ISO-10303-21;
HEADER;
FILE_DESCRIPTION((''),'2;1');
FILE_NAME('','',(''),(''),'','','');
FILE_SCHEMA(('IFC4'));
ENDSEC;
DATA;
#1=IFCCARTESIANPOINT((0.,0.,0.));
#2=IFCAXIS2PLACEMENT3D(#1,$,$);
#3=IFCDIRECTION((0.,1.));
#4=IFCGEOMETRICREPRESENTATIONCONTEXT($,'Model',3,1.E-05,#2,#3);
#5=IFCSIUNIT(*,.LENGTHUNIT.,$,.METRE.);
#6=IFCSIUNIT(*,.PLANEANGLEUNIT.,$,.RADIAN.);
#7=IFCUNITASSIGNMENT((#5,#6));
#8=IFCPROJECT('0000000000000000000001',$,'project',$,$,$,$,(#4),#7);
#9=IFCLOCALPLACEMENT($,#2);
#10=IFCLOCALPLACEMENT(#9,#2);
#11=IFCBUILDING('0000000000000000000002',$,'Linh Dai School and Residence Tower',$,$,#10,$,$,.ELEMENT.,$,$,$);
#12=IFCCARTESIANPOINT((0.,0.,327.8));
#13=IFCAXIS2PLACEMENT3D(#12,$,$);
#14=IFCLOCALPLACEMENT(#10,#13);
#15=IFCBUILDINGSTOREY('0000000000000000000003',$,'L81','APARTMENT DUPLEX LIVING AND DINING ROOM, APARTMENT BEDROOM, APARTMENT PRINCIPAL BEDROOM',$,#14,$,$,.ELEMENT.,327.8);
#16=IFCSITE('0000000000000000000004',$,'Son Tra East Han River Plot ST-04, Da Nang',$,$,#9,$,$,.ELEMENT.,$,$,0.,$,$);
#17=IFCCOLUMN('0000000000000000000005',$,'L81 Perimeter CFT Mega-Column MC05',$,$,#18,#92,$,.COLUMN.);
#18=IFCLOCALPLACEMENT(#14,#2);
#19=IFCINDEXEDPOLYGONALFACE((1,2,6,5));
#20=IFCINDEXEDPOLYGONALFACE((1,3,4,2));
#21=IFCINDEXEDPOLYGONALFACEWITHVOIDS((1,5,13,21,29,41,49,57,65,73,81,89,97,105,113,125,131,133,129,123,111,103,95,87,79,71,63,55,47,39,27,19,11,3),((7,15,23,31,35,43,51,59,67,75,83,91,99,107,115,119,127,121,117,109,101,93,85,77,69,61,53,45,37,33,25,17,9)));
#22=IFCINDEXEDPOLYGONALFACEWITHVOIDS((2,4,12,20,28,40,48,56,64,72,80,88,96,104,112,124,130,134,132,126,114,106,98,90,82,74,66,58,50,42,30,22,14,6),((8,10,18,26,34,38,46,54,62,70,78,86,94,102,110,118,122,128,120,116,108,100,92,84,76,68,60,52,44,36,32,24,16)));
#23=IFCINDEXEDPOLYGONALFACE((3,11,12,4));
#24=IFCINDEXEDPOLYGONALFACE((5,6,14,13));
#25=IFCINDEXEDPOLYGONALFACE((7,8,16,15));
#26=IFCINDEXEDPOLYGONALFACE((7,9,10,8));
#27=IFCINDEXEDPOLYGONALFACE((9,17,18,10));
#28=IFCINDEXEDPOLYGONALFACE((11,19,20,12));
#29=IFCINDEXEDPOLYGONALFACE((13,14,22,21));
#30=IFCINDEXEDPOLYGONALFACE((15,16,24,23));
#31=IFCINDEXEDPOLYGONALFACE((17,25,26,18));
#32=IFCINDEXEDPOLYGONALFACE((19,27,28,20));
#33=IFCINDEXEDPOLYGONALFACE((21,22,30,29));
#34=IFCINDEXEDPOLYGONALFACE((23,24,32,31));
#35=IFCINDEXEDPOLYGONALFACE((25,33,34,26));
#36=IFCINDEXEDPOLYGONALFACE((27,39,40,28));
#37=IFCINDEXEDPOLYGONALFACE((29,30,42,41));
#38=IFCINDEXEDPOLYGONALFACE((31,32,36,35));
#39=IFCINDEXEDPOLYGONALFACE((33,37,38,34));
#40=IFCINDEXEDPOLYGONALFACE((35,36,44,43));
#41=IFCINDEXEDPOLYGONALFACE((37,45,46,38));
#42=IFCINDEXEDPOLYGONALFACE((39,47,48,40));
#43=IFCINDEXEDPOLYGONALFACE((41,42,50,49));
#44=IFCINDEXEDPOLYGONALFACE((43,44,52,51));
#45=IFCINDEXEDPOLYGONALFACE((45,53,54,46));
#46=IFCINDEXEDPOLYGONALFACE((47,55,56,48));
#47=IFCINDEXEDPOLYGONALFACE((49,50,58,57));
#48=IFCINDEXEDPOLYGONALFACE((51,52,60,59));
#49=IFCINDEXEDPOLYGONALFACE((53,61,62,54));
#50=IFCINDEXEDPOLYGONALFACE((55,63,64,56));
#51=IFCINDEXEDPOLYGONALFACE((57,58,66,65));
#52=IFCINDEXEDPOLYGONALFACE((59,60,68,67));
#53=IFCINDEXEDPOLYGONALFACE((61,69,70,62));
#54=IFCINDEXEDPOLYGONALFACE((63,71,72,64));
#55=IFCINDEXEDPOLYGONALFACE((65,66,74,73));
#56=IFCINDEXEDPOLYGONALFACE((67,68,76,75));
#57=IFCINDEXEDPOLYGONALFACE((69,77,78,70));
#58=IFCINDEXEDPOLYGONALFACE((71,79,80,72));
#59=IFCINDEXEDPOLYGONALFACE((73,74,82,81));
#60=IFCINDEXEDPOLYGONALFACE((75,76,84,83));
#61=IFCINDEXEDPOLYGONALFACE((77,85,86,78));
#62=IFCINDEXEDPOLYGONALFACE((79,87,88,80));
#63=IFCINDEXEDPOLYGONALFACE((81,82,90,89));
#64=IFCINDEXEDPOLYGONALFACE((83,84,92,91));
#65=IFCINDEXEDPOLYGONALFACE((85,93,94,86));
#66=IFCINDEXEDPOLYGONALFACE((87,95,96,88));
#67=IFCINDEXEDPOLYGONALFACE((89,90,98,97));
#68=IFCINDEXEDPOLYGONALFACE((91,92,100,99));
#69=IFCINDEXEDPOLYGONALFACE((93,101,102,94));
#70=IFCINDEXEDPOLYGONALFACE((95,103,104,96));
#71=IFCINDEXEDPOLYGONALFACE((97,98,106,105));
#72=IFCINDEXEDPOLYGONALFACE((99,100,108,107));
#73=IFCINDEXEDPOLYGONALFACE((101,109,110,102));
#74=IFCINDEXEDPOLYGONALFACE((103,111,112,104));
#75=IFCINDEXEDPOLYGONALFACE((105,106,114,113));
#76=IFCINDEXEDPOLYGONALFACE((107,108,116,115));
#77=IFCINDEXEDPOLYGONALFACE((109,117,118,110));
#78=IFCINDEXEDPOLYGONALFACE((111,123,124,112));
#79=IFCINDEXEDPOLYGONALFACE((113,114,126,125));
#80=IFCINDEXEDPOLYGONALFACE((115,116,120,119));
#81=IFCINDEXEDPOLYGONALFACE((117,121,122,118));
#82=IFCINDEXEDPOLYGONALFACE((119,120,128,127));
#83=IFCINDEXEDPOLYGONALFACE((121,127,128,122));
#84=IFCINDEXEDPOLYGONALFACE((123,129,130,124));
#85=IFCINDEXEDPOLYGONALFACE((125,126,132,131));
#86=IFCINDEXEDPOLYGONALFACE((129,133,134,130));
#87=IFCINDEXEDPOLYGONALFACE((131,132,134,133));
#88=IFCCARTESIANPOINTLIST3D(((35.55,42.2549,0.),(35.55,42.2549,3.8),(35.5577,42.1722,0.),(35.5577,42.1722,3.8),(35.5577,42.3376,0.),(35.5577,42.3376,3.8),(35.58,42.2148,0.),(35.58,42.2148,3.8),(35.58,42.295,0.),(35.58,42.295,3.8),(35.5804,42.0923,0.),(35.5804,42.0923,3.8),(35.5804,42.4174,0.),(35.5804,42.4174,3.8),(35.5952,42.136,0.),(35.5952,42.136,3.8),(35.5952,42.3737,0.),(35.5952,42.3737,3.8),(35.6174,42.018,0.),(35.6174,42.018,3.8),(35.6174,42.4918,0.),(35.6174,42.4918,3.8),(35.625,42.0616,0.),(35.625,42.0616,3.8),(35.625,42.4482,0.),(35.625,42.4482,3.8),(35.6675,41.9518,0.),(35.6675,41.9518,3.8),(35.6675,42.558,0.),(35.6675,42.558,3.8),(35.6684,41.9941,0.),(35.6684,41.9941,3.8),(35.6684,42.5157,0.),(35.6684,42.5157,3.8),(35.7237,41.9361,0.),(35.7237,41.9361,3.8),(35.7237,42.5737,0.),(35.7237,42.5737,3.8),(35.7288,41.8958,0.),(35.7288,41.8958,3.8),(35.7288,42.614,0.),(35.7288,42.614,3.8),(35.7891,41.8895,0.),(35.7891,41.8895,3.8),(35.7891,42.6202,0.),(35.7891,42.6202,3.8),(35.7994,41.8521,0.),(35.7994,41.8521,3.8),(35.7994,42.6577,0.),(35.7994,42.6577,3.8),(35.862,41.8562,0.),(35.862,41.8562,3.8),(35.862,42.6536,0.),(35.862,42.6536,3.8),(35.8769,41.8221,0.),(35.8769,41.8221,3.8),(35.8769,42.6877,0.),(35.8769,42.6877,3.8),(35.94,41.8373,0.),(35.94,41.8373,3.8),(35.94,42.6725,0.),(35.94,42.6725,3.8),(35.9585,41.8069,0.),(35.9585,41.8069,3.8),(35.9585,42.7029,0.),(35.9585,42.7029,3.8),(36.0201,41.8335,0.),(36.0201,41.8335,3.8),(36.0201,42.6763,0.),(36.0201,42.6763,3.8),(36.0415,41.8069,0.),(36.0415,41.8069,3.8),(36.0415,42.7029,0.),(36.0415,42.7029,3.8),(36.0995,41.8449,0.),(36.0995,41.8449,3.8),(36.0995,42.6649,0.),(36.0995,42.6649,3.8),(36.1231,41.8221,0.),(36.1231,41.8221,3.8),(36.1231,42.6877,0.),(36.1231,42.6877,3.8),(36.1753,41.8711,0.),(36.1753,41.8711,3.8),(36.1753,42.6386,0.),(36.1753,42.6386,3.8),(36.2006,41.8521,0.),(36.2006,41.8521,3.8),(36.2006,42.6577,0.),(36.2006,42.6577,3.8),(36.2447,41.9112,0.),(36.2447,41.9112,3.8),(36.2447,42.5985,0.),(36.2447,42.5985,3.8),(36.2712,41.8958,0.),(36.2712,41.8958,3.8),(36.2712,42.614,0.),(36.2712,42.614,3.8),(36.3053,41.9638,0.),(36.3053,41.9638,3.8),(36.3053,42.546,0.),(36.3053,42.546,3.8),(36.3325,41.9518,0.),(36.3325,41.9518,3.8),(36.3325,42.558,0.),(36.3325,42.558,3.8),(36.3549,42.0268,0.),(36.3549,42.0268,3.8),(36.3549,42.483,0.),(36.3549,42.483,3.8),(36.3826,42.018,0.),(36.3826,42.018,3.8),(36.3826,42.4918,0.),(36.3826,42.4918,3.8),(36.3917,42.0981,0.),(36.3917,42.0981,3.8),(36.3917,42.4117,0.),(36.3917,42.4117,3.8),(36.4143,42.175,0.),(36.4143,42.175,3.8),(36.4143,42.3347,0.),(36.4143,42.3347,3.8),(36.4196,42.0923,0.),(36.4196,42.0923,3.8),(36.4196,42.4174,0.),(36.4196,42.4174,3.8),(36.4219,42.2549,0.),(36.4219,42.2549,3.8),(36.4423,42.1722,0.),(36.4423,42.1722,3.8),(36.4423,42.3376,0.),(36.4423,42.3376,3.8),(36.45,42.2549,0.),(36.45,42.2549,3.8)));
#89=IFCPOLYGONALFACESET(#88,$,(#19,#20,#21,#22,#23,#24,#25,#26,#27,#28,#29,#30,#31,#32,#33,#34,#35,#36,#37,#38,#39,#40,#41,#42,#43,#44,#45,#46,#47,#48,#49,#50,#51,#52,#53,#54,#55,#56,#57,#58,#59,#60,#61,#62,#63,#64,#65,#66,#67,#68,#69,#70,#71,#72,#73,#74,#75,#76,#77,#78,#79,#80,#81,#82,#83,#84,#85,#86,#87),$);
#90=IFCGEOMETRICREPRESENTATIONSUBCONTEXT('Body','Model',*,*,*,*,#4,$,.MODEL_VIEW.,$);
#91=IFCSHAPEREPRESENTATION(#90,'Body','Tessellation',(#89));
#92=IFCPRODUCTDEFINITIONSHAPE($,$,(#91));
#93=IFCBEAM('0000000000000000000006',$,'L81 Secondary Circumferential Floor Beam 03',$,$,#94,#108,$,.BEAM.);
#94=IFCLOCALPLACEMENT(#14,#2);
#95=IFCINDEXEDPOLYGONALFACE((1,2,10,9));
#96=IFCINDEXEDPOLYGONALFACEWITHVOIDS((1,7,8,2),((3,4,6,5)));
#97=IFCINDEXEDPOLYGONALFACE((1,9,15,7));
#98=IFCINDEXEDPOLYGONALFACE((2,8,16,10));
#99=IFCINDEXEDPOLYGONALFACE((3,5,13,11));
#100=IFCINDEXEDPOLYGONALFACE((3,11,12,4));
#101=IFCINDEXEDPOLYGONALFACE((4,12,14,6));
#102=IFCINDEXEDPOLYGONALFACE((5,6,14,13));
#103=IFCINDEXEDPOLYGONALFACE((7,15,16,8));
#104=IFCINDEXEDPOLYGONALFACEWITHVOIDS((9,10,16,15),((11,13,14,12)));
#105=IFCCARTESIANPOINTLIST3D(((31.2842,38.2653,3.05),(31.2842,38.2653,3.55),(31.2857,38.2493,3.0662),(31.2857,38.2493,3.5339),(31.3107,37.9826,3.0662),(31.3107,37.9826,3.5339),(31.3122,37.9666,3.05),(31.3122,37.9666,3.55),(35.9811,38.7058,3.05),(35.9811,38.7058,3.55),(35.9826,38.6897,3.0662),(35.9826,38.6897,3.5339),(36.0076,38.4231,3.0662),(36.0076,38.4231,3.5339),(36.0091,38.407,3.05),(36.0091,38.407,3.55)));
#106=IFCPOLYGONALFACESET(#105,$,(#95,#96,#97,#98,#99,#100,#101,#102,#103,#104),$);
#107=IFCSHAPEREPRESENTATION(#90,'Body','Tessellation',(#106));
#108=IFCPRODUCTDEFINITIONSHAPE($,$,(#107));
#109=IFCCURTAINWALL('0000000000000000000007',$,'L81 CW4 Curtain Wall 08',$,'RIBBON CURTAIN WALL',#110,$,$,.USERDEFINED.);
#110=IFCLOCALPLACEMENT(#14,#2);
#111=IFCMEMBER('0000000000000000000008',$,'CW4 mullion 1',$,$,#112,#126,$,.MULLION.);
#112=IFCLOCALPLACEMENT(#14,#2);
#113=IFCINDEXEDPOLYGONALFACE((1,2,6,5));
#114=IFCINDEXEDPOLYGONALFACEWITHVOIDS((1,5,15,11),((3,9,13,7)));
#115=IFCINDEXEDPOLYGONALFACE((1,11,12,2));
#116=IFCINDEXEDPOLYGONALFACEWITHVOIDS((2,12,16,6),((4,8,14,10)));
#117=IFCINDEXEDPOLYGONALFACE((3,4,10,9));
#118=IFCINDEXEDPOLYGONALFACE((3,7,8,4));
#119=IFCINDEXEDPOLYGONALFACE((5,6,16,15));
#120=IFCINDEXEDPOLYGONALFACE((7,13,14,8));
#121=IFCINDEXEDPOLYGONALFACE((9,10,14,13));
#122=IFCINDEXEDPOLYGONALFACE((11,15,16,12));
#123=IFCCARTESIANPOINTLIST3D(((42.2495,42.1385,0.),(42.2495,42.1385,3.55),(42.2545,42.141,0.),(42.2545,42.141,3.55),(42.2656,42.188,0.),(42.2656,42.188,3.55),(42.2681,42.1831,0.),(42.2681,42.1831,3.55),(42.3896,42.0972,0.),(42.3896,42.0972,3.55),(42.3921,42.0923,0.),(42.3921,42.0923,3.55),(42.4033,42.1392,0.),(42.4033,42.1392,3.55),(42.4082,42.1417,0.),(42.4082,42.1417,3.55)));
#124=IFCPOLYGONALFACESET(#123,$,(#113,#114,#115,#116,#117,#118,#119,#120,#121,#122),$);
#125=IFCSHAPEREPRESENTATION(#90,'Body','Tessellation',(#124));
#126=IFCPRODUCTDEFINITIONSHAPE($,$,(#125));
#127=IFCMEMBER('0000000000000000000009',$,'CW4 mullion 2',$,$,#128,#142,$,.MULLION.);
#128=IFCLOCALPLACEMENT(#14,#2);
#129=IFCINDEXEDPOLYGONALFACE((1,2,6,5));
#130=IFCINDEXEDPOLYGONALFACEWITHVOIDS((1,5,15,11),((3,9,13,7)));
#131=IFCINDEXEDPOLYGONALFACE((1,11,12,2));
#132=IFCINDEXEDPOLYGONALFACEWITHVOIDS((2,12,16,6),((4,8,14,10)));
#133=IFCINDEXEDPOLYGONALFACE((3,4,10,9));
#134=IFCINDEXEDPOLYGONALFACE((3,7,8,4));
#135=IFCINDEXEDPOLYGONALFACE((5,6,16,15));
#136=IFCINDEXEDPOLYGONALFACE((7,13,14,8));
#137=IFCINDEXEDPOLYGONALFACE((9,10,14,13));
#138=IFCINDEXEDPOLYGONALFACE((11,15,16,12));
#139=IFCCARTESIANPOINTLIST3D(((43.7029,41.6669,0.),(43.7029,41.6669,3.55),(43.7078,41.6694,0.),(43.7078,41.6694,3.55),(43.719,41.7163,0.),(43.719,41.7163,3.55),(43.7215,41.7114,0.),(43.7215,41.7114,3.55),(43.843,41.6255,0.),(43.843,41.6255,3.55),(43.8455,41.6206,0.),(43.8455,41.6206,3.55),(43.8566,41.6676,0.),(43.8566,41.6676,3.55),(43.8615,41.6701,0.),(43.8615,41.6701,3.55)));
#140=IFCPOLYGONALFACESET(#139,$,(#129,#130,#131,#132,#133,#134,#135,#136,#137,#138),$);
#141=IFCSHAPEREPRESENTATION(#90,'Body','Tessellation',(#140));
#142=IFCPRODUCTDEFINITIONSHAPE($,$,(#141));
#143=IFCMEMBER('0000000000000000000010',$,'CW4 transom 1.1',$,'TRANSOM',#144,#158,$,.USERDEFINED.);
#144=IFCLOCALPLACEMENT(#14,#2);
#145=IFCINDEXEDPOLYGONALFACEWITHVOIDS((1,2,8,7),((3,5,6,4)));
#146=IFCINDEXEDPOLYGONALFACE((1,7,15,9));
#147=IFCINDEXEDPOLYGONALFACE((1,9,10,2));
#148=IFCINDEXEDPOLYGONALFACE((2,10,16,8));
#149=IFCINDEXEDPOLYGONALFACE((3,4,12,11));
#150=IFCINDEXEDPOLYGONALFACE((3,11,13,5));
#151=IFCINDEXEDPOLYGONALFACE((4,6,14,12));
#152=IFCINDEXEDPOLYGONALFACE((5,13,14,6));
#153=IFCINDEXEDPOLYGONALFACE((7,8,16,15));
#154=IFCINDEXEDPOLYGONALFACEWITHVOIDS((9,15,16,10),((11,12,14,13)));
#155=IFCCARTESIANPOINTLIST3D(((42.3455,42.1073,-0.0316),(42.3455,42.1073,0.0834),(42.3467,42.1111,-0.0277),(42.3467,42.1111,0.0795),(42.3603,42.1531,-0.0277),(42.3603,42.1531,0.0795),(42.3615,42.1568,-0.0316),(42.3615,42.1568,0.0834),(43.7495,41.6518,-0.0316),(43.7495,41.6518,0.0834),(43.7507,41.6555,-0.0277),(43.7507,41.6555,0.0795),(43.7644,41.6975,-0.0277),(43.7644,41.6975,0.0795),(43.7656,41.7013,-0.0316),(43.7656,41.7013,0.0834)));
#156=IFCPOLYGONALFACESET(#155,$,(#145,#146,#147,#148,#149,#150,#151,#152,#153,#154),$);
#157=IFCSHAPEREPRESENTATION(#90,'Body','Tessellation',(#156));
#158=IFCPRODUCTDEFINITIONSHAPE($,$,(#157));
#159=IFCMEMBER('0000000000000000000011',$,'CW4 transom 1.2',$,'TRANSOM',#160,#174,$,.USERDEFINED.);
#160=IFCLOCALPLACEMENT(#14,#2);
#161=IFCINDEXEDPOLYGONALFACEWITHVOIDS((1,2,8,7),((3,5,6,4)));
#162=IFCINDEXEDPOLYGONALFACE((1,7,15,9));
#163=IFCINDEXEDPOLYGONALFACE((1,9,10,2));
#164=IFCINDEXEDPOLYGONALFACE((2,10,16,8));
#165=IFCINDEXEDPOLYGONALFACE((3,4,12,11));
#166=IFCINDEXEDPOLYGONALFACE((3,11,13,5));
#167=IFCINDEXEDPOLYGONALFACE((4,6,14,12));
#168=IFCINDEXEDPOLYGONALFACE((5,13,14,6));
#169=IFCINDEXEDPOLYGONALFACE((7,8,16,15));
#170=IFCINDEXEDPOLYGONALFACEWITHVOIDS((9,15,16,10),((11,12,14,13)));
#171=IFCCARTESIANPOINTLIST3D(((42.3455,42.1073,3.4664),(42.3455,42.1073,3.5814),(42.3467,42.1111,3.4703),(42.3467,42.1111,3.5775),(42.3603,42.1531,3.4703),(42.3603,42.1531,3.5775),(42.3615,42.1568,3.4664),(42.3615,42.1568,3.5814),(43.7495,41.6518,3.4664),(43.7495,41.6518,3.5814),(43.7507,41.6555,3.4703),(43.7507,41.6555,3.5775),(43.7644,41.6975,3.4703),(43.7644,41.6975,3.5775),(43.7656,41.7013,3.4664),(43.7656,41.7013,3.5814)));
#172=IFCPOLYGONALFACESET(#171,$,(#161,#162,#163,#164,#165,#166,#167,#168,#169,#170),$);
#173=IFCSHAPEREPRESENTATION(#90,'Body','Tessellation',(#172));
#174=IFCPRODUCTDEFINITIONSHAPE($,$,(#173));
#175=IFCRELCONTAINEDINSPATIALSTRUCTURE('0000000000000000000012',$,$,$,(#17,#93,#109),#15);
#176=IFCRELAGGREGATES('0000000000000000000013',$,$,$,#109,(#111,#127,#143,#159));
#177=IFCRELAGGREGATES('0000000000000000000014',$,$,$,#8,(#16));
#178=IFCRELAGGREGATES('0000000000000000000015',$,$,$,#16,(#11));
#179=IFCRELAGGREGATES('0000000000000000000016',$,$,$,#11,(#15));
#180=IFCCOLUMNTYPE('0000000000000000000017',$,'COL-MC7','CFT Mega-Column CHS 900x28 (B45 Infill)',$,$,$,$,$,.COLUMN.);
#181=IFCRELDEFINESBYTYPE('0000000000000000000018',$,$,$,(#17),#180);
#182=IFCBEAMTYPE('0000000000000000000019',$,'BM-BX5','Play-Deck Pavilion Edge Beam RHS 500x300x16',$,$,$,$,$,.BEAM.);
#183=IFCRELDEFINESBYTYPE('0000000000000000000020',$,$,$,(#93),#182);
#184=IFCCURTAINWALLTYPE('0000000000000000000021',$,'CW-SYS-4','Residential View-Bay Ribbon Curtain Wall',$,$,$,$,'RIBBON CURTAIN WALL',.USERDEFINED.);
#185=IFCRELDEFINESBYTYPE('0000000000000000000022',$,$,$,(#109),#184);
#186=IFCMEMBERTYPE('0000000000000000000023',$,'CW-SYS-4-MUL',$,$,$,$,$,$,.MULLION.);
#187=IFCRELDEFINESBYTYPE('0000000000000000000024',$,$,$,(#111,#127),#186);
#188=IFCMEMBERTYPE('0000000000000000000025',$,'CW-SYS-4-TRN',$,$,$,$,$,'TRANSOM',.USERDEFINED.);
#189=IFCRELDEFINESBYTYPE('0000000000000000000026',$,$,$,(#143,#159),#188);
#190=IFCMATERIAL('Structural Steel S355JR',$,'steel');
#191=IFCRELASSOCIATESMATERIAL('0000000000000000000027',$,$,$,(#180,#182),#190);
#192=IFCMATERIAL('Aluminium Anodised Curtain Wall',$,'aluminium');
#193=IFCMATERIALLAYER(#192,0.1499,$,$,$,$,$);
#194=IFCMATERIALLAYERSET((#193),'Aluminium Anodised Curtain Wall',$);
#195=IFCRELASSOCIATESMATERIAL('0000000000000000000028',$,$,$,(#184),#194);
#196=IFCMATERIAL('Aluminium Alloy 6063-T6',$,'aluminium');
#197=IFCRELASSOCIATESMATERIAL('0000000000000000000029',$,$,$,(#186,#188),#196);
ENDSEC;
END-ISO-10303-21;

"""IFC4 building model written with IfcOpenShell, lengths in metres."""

from ifc_helpers import new_model, si_unit, direction, frame, origin, origin_2d, place, context, subcontext, project, spatial, hollow_rectangle, hollow_circle, extrude, source, transform, mapped, material, layer, layer_set, material_profile, profile_set, type_object, element, aggregate, save


model = new_model("IFC4")

# Units and contexts
model_context = context("Model", 3, precision=1e-05, world=origin(), true_north=direction((0.0, 1.0)))
body_context = subcontext(model_context, "Body", "Model", "MODEL_VIEW")
ifc_project = project(units=[si_unit("LENGTHUNIT", "METRE"), si_unit("PLANEANGLEUNIT", "RADIAN")], contexts=[model_context])

# Site, building, storey
site_placement = place(None, origin())
site = spatial("IfcSite", under=ifc_project, at=site_placement, Name="Son Tra East Han River Plot ST-04, Da Nang", CompositionType="ELEMENT", RefElevation=0.0)
building_placement = place(site_placement, origin())
building = spatial("IfcBuilding", under=site, at=building_placement, Name="Linh Dai School and Residence Tower", CompositionType="ELEMENT")
storey_placement = place(building_placement, frame((0.0, 0.0, 327.8)))
storey = spatial("IfcBuildingStorey", under=building, at=storey_placement, Name="L81", Description="APARTMENT DUPLEX LIVING AND DINING ROOM, APARTMENT BEDROOM, APARTMENT PRINCIPAL BEDROOM", CompositionType="ELEMENT", Elevation=327.8)

# Column
ifc_material_1 = material(Name="Structural Steel S355JR", Category="steel")
ifc_material_profile_1 = material_profile(ifc_material_1, hollow_circle(Radius=0.45, WallThickness=0.0281, at=origin_2d()), Name="CHS 900x28")
ifc_profile_set_1 = profile_set([ifc_material_profile_1], Name="Structural Steel S355JR")
column_type = type_object("IfcColumnType", Name="COL-MC7", Description="CFT Mega-Column CHS 900x28 (B45 Infill)", PredefinedType="COLUMN", material=ifc_profile_set_1)
column_placement = place(storey_placement, frame((36.0, 42.2549, 0.0), z_axis=(0.0, 0.0, 1.0), x_axis=(1.0, 0.0, 0.0)))
element("IfcColumn", 1, at=column_placement, inside=storey, type_object=column_type, Name="L81 Perimeter CFT Mega-Column MC05", PredefinedType="COLUMN", context=body_context, shape_type="SweptSolid", body=[
    extrude(hollow_circle(Radius=0.45, WallThickness=0.0281, at=origin_2d()), origin(), (0.0, 0.0, 1.0), 3.8),
])

# Beam
ifc_material_profile_2 = material_profile(ifc_material_1, hollow_rectangle(XDim=0.3, YDim=0.5, WallThickness=0.0161, at=origin_2d()), Name="RHS 500x300x16")
ifc_profile_set_2 = profile_set([ifc_material_profile_2], Name="Structural Steel S355JR")
beam_type = type_object("IfcBeamType", Name="BM-BX5", Description="Play-Deck Pavilion Edge Beam RHS 500x300x16", PredefinedType="BEAM", material=ifc_profile_set_2)
beam_placement = place(storey_placement, frame((35.9951, 38.5564, 3.3), z_axis=(-0.995633, -0.093358, 0.0), x_axis=(0.093358, -0.995633, 0.0)))
element("IfcBeam", 2, at=beam_placement, inside=storey, type_object=beam_type, Name="L81 Secondary Circumferential Floor Beam 03", PredefinedType="BEAM", context=body_context, shape_type="SweptSolid", body=[
    extrude(hollow_rectangle(XDim=0.3, YDim=0.5, WallThickness=0.0161, at=origin_2d()), origin(), (0.0, 0.0, 1.0), 4.7175),
])

# Curtain wall, members
ifc_material_2 = material(Name="Aluminium Anodised Curtain Wall", Category="aluminium")
ifc_layer_1 = layer(ifc_material_2, 0.1499)
ifc_layer_set_1 = layer_set([ifc_layer_1], Name="Aluminium Anodised Curtain Wall")
curtain_wall_type = type_object("IfcCurtainWallType", Name="CW-SYS-4", Description="Residential View-Bay Ribbon Curtain Wall", ElementType="RIBBON CURTAIN WALL", PredefinedType="USERDEFINED", material=ifc_layer_set_1)
curtain_wall_placement = place(storey_placement, origin())
curtain_wall = element("IfcCurtainWall", 3, at=curtain_wall_placement, inside=storey, type_object=curtain_wall_type, Name="L81 CW4 Curtain Wall 08", ObjectType="RIBBON CURTAIN WALL", PredefinedType="USERDEFINED")
ifc_material_3 = material(Name="Aluminium Alloy 6063-T6", Category="aluminium")
ifc_material_profile_3 = material_profile(ifc_material_3, hollow_rectangle(XDim=0.052, YDim=0.1499, WallThickness=0.0039, at=origin_2d()), Name="RHS 150x52x4")
ifc_profile_set_3 = profile_set([ifc_material_profile_3], Name="Aluminium Alloy 6063-T6")
member_type_1 = type_object("IfcMemberType", Name="CW-SYS-4-MUL", PredefinedType="MULLION", material=ifc_profile_set_3)
shared_shape_1 = source(origin(), body_context, "Body", "SweptSolid", [
    extrude(hollow_rectangle(XDim=0.052, YDim=0.1499, WallThickness=0.0039, at=origin_2d()), origin(), (0.0, 0.0, 1.0), 3.55),
])
member_1_placement = place(storey_placement, frame((42.3289, 42.1401, 0.0), z_axis=(0.0, 0.0, 1.0), x_axis=(0.308565, 0.951203, 0.0)))
member_1 = element("IfcMember", 4, at=member_1_placement, type_object=member_type_1, Name="CW4 mullion 1", PredefinedType="MULLION", context=body_context, shape_type="MappedRepresentation", body=[
    mapped(shared_shape_1, transform((0.0, 0.0, 0.0), x_axis=(1.0, 0.0, 0.0), y_axis=(0.0, 1.0, 0.0), z_axis=(0.0, 0.0, 1.0), scale=1.0)),
])
member_2_placement = place(storey_placement, frame((43.7822, 41.6685, 0.0), z_axis=(0.0, 0.0, 1.0), x_axis=(0.308565, 0.951203, 0.0)))
member_2 = element("IfcMember", 5, at=member_2_placement, type_object=member_type_1, Name="CW4 mullion 2", PredefinedType="MULLION", context=body_context, shape_type="MappedRepresentation", body=[
    mapped(shared_shape_1, transform((0.0, 0.0, 0.0), x_axis=(1.0, 0.0, 0.0), y_axis=(0.0, 1.0, 0.0), z_axis=(0.0, 0.0, 1.0), scale=1.0)),
])
ifc_material_profile_4 = material_profile(ifc_material_3, hollow_rectangle(XDim=0.052, YDim=0.115, WallThickness=0.0039, at=origin_2d()), Name="RHS 115x52x4")
ifc_profile_set_4 = profile_set([ifc_material_profile_4], Name="Aluminium Alloy 6063-T6")
member_type_2 = type_object("IfcMemberType", Name="CW-SYS-4-TRN", ElementType="TRANSOM", PredefinedType="USERDEFINED", material=ifc_profile_set_4)
shared_shape_2 = source(origin(), body_context, "Body", "SweptSolid", [
    extrude(hollow_rectangle(XDim=0.052, YDim=0.115, WallThickness=0.0039, at=origin_2d()), origin(), (0.0, 0.0, 1.0), 1.4761),
])
member_3_placement = place(storey_placement, frame((42.3535, 42.1321, 0.0259), z_axis=(0.951183, -0.308626, 0.0), x_axis=(0.308626, 0.951183, 0.0)))
member_3 = element("IfcMember", 6, at=member_3_placement, type_object=member_type_2, Name="CW4 transom 1.1", ObjectType="TRANSOM", PredefinedType="USERDEFINED", context=body_context, shape_type="MappedRepresentation", body=[
    mapped(shared_shape_2, transform((0.0, 0.0, 0.0), x_axis=(1.0, 0.0, 0.0), y_axis=(0.0, 1.0, 0.0), z_axis=(0.0, 0.0, 1.0), scale=1.0)),
])
member_4_placement = place(storey_placement, frame((42.3535, 42.1321, 3.5239), z_axis=(0.951183, -0.308626, 0.0), x_axis=(0.308626, 0.951183, 0.0)))
member_4 = element("IfcMember", 7, at=member_4_placement, type_object=member_type_2, Name="CW4 transom 1.2", ObjectType="TRANSOM", PredefinedType="USERDEFINED", context=body_context, shape_type="MappedRepresentation", body=[
    mapped(shared_shape_2, transform((0.0, 0.0, 0.0), x_axis=(1.0, 0.0, 0.0), y_axis=(0.0, 1.0, 0.0), z_axis=(0.0, 0.0, 1.0), scale=1.0)),
])

aggregate(curtain_wall, [member_1, member_2, member_3, member_4])

save(model, "model.ifc")
